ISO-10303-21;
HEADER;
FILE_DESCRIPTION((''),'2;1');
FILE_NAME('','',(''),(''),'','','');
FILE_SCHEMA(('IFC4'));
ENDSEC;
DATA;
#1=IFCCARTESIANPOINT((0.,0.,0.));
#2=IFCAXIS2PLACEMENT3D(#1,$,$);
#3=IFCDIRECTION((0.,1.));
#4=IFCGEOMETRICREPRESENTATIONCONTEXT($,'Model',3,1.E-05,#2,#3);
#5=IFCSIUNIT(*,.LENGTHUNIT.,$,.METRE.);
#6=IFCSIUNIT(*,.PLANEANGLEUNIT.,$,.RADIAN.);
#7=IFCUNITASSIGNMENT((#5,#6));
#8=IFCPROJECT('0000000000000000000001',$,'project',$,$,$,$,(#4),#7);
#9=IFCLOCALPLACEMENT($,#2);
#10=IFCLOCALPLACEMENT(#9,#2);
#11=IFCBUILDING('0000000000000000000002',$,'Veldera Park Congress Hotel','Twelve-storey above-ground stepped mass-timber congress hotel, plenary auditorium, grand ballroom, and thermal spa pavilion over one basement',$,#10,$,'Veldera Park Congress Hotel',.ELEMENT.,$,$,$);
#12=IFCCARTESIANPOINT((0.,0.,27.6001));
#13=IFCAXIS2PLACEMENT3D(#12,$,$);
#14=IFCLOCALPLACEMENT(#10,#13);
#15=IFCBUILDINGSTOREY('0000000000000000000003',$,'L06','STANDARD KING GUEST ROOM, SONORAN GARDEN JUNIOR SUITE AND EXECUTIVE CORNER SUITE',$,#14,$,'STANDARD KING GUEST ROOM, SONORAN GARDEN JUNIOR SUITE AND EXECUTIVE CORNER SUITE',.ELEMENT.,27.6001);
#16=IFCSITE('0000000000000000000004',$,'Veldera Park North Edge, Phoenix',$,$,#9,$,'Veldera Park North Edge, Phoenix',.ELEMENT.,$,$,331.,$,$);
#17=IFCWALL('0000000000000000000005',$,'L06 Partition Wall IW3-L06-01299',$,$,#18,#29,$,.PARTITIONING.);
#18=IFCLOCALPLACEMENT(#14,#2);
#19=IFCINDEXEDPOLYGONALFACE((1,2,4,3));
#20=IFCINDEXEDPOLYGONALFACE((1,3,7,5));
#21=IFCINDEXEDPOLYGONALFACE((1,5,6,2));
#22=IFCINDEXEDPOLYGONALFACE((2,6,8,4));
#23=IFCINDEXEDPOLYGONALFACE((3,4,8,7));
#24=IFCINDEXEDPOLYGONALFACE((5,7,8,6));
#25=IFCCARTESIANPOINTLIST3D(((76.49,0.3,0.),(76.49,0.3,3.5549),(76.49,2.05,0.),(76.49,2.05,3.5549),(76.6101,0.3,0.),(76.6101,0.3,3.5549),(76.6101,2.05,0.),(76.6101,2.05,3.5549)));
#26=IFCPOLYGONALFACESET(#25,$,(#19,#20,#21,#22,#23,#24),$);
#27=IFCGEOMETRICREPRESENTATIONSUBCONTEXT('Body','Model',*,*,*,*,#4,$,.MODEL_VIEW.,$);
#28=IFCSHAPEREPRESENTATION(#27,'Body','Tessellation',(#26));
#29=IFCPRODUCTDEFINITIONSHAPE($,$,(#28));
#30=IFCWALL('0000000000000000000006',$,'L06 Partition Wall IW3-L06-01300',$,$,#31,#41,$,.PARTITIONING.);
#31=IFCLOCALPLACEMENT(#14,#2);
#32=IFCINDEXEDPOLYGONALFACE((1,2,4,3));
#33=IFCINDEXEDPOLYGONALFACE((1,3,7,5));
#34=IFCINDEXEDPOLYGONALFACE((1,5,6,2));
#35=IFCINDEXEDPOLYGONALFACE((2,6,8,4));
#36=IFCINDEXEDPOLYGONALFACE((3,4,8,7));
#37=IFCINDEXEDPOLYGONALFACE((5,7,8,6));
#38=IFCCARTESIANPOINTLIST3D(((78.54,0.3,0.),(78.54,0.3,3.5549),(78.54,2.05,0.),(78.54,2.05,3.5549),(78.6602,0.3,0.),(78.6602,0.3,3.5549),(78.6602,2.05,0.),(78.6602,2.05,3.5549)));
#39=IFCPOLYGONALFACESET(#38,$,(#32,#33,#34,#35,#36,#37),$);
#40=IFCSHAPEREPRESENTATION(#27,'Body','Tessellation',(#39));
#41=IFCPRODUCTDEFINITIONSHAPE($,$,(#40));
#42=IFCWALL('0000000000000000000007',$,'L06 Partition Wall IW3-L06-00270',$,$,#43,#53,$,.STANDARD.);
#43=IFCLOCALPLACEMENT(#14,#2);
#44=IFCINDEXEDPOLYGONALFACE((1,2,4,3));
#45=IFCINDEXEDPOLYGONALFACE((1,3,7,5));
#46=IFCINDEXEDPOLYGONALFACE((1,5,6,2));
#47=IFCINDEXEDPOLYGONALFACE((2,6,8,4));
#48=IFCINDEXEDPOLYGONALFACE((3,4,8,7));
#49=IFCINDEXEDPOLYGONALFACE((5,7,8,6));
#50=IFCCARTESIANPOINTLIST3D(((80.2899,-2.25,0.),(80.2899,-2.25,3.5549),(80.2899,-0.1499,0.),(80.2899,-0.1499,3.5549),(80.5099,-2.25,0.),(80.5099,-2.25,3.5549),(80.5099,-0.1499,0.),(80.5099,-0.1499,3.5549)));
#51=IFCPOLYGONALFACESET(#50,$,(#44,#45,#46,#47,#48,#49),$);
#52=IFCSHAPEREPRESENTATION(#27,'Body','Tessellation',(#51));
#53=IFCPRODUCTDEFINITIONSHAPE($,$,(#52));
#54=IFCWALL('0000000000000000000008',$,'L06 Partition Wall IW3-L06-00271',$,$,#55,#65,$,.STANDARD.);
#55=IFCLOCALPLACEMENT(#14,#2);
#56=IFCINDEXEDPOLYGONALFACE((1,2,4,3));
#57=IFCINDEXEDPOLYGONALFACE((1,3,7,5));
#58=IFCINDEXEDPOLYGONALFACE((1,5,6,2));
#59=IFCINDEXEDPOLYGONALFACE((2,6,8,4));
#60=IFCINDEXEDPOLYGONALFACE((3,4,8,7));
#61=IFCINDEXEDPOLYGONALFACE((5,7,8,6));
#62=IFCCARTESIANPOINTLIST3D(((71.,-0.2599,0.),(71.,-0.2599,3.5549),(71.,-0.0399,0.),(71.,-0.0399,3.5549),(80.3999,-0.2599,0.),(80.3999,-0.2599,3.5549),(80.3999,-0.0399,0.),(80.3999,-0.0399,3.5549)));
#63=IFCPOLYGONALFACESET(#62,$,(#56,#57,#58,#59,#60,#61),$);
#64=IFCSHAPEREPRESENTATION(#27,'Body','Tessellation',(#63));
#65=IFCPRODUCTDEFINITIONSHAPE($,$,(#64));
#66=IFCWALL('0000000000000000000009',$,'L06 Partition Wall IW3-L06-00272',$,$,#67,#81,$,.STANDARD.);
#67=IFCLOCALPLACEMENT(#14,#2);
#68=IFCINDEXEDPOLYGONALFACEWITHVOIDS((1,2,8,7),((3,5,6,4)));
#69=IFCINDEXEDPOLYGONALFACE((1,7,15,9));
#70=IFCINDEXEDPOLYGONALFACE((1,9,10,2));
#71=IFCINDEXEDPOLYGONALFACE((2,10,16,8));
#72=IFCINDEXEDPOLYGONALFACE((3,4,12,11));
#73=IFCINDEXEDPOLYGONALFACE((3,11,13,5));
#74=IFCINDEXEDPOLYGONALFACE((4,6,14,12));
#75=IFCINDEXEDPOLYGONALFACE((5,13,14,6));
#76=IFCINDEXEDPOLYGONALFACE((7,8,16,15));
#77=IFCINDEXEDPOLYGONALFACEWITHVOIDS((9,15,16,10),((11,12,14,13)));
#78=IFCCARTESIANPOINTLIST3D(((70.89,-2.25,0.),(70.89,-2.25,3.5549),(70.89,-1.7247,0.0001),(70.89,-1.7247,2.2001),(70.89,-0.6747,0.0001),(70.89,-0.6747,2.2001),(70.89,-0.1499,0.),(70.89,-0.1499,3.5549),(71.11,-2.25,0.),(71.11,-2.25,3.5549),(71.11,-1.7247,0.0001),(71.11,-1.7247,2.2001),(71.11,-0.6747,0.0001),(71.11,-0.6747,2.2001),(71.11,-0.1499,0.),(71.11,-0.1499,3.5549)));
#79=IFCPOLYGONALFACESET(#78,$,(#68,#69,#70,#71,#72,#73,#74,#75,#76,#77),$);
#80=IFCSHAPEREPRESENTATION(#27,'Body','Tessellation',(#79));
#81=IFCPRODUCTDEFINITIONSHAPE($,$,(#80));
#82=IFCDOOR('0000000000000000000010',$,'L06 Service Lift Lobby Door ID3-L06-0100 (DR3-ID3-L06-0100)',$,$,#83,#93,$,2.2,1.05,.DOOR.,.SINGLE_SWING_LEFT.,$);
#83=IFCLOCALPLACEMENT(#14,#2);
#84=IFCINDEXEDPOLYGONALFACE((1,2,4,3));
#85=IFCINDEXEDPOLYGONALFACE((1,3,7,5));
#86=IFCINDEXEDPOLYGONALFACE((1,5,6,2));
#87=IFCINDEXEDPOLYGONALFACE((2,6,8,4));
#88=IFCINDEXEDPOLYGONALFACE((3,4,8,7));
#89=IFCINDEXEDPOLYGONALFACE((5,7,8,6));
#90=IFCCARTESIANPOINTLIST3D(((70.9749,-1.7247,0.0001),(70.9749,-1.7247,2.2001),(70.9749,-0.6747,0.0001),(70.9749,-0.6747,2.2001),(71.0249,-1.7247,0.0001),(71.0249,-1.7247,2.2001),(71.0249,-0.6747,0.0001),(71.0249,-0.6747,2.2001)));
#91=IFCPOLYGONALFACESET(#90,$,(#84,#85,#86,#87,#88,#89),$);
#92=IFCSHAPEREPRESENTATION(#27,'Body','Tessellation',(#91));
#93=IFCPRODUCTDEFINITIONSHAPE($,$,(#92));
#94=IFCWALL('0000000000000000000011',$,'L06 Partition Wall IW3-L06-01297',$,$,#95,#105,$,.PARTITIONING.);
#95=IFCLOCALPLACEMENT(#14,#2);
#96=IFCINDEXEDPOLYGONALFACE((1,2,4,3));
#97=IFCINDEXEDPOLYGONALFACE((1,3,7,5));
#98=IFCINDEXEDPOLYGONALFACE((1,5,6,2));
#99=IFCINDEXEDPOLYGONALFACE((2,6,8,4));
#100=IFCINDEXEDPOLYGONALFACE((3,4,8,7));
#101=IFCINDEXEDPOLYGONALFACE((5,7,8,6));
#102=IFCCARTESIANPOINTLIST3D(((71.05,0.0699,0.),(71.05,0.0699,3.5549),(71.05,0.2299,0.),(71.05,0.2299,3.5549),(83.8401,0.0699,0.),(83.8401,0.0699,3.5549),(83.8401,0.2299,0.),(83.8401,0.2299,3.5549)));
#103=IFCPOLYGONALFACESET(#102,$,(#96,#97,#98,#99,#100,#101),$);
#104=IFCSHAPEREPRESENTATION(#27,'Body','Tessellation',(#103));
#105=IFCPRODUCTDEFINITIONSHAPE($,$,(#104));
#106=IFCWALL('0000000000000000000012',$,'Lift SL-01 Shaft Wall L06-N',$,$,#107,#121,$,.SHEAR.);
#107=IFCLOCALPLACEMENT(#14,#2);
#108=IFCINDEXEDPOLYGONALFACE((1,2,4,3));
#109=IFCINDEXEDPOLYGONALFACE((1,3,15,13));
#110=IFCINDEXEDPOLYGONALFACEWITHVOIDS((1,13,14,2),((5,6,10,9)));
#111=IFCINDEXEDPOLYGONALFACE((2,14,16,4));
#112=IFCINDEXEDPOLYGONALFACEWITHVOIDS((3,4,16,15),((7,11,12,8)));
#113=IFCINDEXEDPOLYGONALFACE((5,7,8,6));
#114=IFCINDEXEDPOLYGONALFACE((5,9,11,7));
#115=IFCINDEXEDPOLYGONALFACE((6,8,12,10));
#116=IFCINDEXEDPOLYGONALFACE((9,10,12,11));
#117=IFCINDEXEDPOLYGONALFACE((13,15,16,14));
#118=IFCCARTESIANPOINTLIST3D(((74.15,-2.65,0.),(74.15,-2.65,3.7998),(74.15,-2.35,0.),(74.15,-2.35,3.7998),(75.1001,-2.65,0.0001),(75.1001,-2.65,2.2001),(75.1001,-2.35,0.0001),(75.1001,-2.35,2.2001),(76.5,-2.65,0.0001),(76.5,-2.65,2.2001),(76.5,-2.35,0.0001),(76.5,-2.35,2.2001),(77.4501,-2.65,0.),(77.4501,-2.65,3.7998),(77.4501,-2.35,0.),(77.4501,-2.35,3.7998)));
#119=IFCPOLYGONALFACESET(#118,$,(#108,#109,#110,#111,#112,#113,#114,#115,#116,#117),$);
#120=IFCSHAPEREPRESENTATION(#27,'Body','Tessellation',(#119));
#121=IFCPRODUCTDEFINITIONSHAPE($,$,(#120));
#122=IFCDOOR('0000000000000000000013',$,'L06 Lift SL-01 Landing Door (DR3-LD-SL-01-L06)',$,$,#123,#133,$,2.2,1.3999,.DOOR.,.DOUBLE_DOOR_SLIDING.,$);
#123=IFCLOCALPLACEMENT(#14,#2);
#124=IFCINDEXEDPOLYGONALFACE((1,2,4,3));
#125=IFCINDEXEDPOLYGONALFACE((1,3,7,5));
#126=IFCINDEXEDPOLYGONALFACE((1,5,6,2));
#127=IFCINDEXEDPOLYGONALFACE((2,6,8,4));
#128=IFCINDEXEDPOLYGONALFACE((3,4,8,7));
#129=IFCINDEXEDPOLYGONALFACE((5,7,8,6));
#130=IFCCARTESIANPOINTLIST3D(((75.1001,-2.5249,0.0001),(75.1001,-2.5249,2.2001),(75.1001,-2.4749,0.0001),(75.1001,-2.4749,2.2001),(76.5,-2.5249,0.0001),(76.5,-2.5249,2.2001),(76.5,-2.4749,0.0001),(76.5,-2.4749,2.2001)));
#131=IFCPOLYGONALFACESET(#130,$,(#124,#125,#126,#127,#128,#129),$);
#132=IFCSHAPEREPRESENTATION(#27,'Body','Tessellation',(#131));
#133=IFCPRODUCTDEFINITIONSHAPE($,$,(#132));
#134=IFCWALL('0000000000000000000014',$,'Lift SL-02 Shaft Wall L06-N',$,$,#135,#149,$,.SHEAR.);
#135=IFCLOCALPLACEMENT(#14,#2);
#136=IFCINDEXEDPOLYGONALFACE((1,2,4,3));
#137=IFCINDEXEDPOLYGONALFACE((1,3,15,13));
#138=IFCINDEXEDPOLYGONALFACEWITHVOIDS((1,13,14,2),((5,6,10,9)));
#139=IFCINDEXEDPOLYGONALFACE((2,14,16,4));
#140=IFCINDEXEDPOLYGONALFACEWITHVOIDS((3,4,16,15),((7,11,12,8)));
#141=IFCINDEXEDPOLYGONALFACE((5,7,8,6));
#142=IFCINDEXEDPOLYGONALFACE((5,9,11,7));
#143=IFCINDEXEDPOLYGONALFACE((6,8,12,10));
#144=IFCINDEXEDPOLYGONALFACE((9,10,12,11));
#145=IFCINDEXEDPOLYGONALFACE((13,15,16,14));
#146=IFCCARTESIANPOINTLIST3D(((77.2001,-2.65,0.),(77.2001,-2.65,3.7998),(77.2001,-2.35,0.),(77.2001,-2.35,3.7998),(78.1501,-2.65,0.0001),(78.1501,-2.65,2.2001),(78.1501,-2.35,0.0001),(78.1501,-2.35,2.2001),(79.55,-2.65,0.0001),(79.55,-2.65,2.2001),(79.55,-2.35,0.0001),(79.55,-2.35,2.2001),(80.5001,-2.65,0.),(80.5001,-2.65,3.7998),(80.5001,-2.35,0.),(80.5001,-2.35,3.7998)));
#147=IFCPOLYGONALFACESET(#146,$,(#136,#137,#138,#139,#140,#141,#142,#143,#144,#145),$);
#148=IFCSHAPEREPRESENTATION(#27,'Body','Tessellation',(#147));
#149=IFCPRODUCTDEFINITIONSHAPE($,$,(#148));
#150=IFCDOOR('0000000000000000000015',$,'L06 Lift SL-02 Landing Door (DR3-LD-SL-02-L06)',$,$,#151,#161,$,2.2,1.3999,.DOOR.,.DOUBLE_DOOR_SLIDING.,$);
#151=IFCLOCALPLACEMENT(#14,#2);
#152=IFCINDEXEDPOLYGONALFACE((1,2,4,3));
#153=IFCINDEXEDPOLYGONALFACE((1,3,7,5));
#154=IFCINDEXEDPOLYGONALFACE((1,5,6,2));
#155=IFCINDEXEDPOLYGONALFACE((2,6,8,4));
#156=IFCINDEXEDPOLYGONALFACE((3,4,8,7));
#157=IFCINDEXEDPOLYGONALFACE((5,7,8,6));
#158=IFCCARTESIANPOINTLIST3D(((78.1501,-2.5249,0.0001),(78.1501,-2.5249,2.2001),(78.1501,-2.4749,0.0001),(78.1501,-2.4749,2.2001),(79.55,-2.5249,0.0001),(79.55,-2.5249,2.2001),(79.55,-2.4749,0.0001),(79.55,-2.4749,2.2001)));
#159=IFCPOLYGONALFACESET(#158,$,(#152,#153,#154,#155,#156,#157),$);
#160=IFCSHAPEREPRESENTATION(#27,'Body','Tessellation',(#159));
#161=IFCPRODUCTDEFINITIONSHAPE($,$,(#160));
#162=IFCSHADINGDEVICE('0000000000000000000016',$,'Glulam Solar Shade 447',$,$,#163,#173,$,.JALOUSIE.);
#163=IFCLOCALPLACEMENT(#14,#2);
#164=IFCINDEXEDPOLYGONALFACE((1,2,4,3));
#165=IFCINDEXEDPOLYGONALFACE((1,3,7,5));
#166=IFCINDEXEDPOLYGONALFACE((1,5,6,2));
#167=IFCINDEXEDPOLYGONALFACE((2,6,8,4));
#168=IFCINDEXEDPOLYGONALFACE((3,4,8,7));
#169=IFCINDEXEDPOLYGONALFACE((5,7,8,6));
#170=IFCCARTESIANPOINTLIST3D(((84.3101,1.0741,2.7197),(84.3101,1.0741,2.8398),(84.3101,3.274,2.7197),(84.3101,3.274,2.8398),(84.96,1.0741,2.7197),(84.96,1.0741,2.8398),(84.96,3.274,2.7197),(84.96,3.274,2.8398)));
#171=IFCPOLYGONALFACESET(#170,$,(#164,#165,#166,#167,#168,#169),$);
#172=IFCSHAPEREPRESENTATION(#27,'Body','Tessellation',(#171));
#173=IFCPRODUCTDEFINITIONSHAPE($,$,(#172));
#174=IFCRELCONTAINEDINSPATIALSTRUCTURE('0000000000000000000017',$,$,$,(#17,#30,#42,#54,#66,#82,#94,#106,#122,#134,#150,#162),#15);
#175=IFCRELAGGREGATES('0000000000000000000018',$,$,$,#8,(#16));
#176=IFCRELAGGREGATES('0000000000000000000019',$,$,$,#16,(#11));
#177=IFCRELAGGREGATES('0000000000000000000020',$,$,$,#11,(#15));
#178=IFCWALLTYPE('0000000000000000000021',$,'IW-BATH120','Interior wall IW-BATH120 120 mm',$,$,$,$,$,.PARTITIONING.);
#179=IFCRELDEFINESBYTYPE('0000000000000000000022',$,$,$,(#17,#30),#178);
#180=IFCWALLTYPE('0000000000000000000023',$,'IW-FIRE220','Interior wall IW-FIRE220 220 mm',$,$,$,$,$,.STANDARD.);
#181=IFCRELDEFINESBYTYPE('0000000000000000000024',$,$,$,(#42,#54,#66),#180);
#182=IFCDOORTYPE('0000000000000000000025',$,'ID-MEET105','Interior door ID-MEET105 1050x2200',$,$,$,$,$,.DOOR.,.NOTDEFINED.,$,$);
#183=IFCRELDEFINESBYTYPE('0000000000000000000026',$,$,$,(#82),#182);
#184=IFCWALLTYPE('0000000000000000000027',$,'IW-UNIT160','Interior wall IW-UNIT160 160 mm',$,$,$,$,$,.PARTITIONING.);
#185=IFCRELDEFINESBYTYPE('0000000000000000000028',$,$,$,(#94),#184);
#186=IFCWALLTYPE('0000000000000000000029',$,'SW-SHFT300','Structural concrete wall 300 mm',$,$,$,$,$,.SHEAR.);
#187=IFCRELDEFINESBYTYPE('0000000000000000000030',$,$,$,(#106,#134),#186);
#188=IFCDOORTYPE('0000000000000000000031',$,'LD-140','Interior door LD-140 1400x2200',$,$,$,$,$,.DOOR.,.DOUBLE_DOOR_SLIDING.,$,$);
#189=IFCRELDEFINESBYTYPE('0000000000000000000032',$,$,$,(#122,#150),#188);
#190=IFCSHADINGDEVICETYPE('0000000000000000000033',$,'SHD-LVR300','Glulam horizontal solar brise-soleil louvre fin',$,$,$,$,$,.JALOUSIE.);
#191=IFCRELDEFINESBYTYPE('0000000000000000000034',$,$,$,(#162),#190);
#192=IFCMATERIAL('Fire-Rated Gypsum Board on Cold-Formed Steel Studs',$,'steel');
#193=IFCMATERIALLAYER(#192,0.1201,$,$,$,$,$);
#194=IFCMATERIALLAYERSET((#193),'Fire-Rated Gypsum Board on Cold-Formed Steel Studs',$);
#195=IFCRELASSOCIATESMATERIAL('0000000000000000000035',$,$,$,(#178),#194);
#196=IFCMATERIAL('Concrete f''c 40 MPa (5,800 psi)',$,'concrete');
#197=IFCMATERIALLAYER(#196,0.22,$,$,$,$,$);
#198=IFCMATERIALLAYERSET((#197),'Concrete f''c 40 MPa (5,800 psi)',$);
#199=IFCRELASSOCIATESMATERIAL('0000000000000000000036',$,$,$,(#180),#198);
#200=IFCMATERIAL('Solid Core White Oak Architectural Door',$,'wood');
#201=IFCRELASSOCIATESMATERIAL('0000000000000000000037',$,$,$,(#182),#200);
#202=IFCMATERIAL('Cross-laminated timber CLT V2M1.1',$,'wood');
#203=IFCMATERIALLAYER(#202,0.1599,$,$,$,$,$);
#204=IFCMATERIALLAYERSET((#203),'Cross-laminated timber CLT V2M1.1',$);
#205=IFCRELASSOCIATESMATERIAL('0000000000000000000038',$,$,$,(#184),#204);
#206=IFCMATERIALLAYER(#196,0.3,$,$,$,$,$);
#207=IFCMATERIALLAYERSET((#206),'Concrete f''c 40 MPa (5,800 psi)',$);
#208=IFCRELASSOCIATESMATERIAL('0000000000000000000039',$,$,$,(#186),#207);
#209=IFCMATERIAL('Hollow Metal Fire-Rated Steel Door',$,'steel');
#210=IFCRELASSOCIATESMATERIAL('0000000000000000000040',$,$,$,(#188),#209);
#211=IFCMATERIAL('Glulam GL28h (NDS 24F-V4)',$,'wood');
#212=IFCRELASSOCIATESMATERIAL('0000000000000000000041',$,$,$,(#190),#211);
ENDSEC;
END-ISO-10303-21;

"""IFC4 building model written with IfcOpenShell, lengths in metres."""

from ifc_helpers import new_model, si_unit, direction, frame, frame_2d, origin, origin_2d, place, context, subcontext, project, spatial, rectangle, extrude, material, layer, layer_set, type_object, element, fill, save


model = new_model("IFC4")

# Units and contexts
model_context = context("Model", 3, precision=1e-05, world=origin(), true_north=direction((0.0, 1.0)))
body_context = subcontext(model_context, "Body", "Model", "MODEL_VIEW")
ifc_project = project(units=[si_unit("LENGTHUNIT", "METRE"), si_unit("PLANEANGLEUNIT", "RADIAN")], contexts=[model_context])

# Site, building, storey
site_placement = place(None, origin())
site = spatial("IfcSite", under=ifc_project, at=site_placement, Name="Veldera Park North Edge, Phoenix", LongName="Veldera Park North Edge, Phoenix", CompositionType="ELEMENT", RefElevation=331.0)
building_placement = place(site_placement, origin())
building = spatial("IfcBuilding", under=site, at=building_placement, Name="Veldera Park Congress Hotel", Description="Twelve-storey above-ground stepped mass-timber congress hotel, plenary auditorium, grand ballroom, and thermal spa pavilion over one basement", LongName="Veldera Park Congress Hotel", CompositionType="ELEMENT")
storey_placement = place(building_placement, frame((0.0, 0.0, 27.6001)))
storey = spatial("IfcBuildingStorey", under=building, at=storey_placement, Name="L06", Description="STANDARD KING GUEST ROOM, SONORAN GARDEN JUNIOR SUITE AND EXECUTIVE CORNER SUITE", LongName="STANDARD KING GUEST ROOM, SONORAN GARDEN JUNIOR SUITE AND EXECUTIVE CORNER SUITE", CompositionType="ELEMENT", Elevation=27.6001)

# Shared definitions
ifc_material_1 = material(Name="Glulam GL28h (NDS 24F-V4)", Category="wood")

# Shared definitions
ifc_material_2 = material(Name="Cross-laminated timber CLT V2M1.1", Category="wood")

# Walls
ifc_material_3 = material(Name="Fire-Rated Gypsum Board on Cold-Formed Steel Studs", Category="steel")
ifc_layer_1 = layer(ifc_material_3, 0.1201)
ifc_layer_set_1 = layer_set([ifc_layer_1], Name="Fire-Rated Gypsum Board on Cold-Formed Steel Studs")
wall_type_1 = type_object("IfcWallType", Name="IW-BATH120", Description="Interior wall IW-BATH120 120 mm", PredefinedType="PARTITIONING", material=ifc_layer_set_1)
for number, where, z_axis, x_axis, name in (
    (1, (76.55, 0.3, 0.0), (0.0, 0.0, 1.0), (0.0, 1.0, 0.0), "L06 Partition Wall IW3-L06-01299"),
    (2, (78.6001, 0.3, 0.0), (0.0, 0.0, 1.0), (0.0, 1.0, 0.0), "L06 Partition Wall IW3-L06-01300"),
):
    element("IfcWall", number, at=place(storey_placement, frame(where, z_axis=z_axis, x_axis=x_axis)), inside=storey, type_object=wall_type_1, Name=name, PredefinedType="PARTITIONING", context=body_context, shape_type="SweptSolid", body=[
        extrude(rectangle(XDim=1.75, YDim=0.1201, at=frame_2d((0.875, 0.0))), origin(), (0.0, 0.0, 1.0), 3.5549),
    ])

# Shared definitions
ifc_material_4 = material(Name="Solid Core White Oak Architectural Door", Category="wood")

# Walls
ifc_material_5 = material(Name="Concrete f'c 40 MPa (5,800 psi)", Category="concrete")
ifc_layer_2 = layer(ifc_material_5, 0.22)
ifc_layer_set_2 = layer_set([ifc_layer_2], Name="Concrete f'c 40 MPa (5,800 psi)")
wall_type_2 = type_object("IfcWallType", Name="IW-FIRE220", Description="Interior wall IW-FIRE220 220 mm", PredefinedType="STANDARD", material=ifc_layer_set_2)
wall_1_placement = place(storey_placement, frame((80.3999, -2.25, 0.0), z_axis=(0.0, 0.0, 1.0), x_axis=(0.0, 1.0, 0.0)))
element("IfcWall", 3, at=wall_1_placement, inside=storey, type_object=wall_type_2, Name="L06 Partition Wall IW3-L06-00270", PredefinedType="STANDARD", context=body_context, shape_type="SweptSolid", body=[
    extrude(rectangle(XDim=2.1001, YDim=0.22, at=frame_2d((1.05, 0.0))), origin(), (0.0, 0.0, 1.0), 3.5549),
])
wall_2_placement = place(storey_placement, frame((80.3999, -0.1499, 0.0), z_axis=(0.0, 0.0, 1.0), x_axis=(-1.0, 0.0, 0.0)))
element("IfcWall", 4, at=wall_2_placement, inside=storey, type_object=wall_type_2, Name="L06 Partition Wall IW3-L06-00271", PredefinedType="STANDARD", context=body_context, shape_type="SweptSolid", body=[
    extrude(rectangle(XDim=9.3999, YDim=0.22, at=frame_2d((4.7, 0.0))), origin(), (0.0, 0.0, 1.0), 3.5549),
])

# Wall, opening, door
wall_3_placement = place(storey_placement, frame((71.0, -0.1499, 0.0), z_axis=(0.0, 0.0, 1.0), x_axis=(0.0, -1.0, 0.0)))
wall_3 = element("IfcWall", 5, at=wall_3_placement, inside=storey, type_object=wall_type_2, Name="L06 Partition Wall IW3-L06-00272", PredefinedType="STANDARD", context=body_context, shape_type="SweptSolid", body=[
    extrude(rectangle(XDim=2.1001, YDim=0.22, at=frame_2d((1.05, 0.0))), origin(), (0.0, 0.0, 1.0), 3.5549),
])
opening_1_placement = place(wall_3_placement, frame((0.5249, 0.0, 0.0)))
opening_1 = element("IfcOpeningElement", 6, at=opening_1_placement, cuts=wall_3, PredefinedType="OPENING", context=body_context, shape_type="SweptSolid", body=[
    extrude(rectangle(XDim=1.05, YDim=2.2, at=frame_2d((0.5249, 1.1001))), frame((0.0, 0.1221, 0.0), z_axis=(0.0, -1.0, 0.0), x_axis=(1.0, 0.0, 0.0)), (0.0, 0.0, 1.0), 0.2439),
])
door_type_1 = type_object("IfcDoorType", Name="ID-MEET105", Description="Interior door ID-MEET105 1050x2200", OperationType="NOTDEFINED", PredefinedType="DOOR", material=ifc_material_4)
door_1_placement = place(opening_1_placement, origin())
door_1 = element("IfcDoor", 7, at=door_1_placement, inside=storey, type_object=door_type_1, Name="L06 Service Lift Lobby Door ID3-L06-0100 (DR3-ID3-L06-0100)", OperationType="SINGLE_SWING_LEFT", OverallHeight=2.2, OverallWidth=1.05, PredefinedType="DOOR", context=body_context, shape_type="SweptSolid", body=[
    extrude(rectangle(XDim=1.05, YDim=2.2, at=frame_2d((0.5249, 1.1001))), frame((0.0, 0.0249, 0.0), z_axis=(0.0, -1.0, 0.0), x_axis=(1.0, 0.0, 0.0)), (0.0, 0.0, 1.0), 0.05),
])
fill(opening_1, door_1)

# Wall
ifc_layer_3 = layer(ifc_material_2, 0.1599)
ifc_layer_set_3 = layer_set([ifc_layer_3], Name="Cross-laminated timber CLT V2M1.1")
wall_type_3 = type_object("IfcWallType", Name="IW-UNIT160", Description="Interior wall IW-UNIT160 160 mm", PredefinedType="PARTITIONING", material=ifc_layer_set_3)
wall_4_placement = place(storey_placement, frame((71.05, 0.1499, 0.0), z_axis=(0.0, 0.0, 1.0), x_axis=(1.0, 0.0, 0.0)))
element("IfcWall", 8, at=wall_4_placement, inside=storey, type_object=wall_type_3, Name="L06 Partition Wall IW3-L06-01297", PredefinedType="PARTITIONING", context=body_context, shape_type="SweptSolid", body=[
    extrude(rectangle(XDim=12.79, YDim=0.1599, at=frame_2d((6.395, 0.0))), origin(), (0.0, 0.0, 1.0), 3.5549),
])

# Walls, openings, doors
ifc_layer_4 = layer(ifc_material_5, 0.3)
ifc_layer_set_4 = layer_set([ifc_layer_4], Name="Concrete f'c 40 MPa (5,800 psi)")
wall_type_4 = type_object("IfcWallType", Name="SW-SHFT300", Description="Structural concrete wall 300 mm", PredefinedType="SHEAR", material=ifc_layer_set_4)
wall_5_placement = place(storey_placement, frame((77.45, -2.5, 0.0), z_axis=(0.0, 0.0, 1.0), x_axis=(-1.0, 0.0, 0.0)))
wall_5 = element("IfcWall", 9, at=wall_5_placement, inside=storey, type_object=wall_type_4, Name="Lift SL-01 Shaft Wall L06-N", PredefinedType="SHEAR", context=body_context, shape_type="SweptSolid", body=[
    extrude(rectangle(XDim=3.3, YDim=0.3, at=frame_2d((1.6499, 0.0))), origin(), (0.0, 0.0, 1.0), 3.7998),
])
opening_2_placement = place(wall_5_placement, frame((0.95, 0.0, 0.0)))
opening_2 = element("IfcOpeningElement", 10, at=opening_2_placement, cuts=wall_5, PredefinedType="OPENING", context=body_context, shape_type="SweptSolid", body=[
    extrude(rectangle(XDim=1.3999, YDim=2.2, at=frame_2d((0.7, 1.1001))), frame((0.0, 0.1621, 0.0), z_axis=(0.0, -1.0, 0.0), x_axis=(1.0, 0.0, 0.0)), (0.0, 0.0, 1.0), 0.324),
])
ifc_material_6 = material(Name="Hollow Metal Fire-Rated Steel Door", Category="steel")
door_type_2 = type_object("IfcDoorType", Name="LD-140", Description="Interior door LD-140 1400x2200", OperationType="DOUBLE_DOOR_SLIDING", PredefinedType="DOOR", material=ifc_material_6)
door_2_placement = place(opening_2_placement, origin())
door_2 = element("IfcDoor", 11, at=door_2_placement, inside=storey, type_object=door_type_2, Name="L06 Lift SL-01 Landing Door (DR3-LD-SL-01-L06)", OperationType="DOUBLE_DOOR_SLIDING", OverallHeight=2.2, OverallWidth=1.3999, PredefinedType="DOOR", context=body_context, shape_type="SweptSolid", body=[
    extrude(rectangle(XDim=1.3999, YDim=2.2, at=frame_2d((0.7, 1.1001))), frame((0.0, 0.0249, 0.0), z_axis=(0.0, -1.0, 0.0), x_axis=(1.0, 0.0, 0.0)), (0.0, 0.0, 1.0), 0.05),
])
fill(opening_2, door_2)
wall_6_placement = place(storey_placement, frame((80.5, -2.5, 0.0), z_axis=(0.0, 0.0, 1.0), x_axis=(-1.0, 0.0, 0.0)))
wall_6 = element("IfcWall", 12, at=wall_6_placement, inside=storey, type_object=wall_type_4, Name="Lift SL-02 Shaft Wall L06-N", PredefinedType="SHEAR", context=body_context, shape_type="SweptSolid", body=[
    extrude(rectangle(XDim=3.3, YDim=0.3, at=frame_2d((1.6499, 0.0))), origin(), (0.0, 0.0, 1.0), 3.7998),
])
opening_3_placement = place(wall_6_placement, frame((0.95, 0.0, 0.0)))
opening_3 = element("IfcOpeningElement", 13, at=opening_3_placement, cuts=wall_6, PredefinedType="OPENING", context=body_context, shape_type="SweptSolid", body=[
    extrude(rectangle(XDim=1.3999, YDim=2.2, at=frame_2d((0.7, 1.1001))), frame((0.0, 0.1621, 0.0), z_axis=(0.0, -1.0, 0.0), x_axis=(1.0, 0.0, 0.0)), (0.0, 0.0, 1.0), 0.324),
])
door_3_placement = place(opening_3_placement, origin())
door_3 = element("IfcDoor", 14, at=door_3_placement, inside=storey, type_object=door_type_2, Name="L06 Lift SL-02 Landing Door (DR3-LD-SL-02-L06)", OperationType="DOUBLE_DOOR_SLIDING", OverallHeight=2.2, OverallWidth=1.3999, PredefinedType="DOOR", context=body_context, shape_type="SweptSolid", body=[
    extrude(rectangle(XDim=1.3999, YDim=2.2, at=frame_2d((0.7, 1.1001))), frame((0.0, 0.0249, 0.0), z_axis=(0.0, -1.0, 0.0), x_axis=(1.0, 0.0, 0.0)), (0.0, 0.0, 1.0), 0.05),
])
fill(opening_3, door_3)

# Shading device
shading_device_type = type_object("IfcShadingDeviceType", Name="SHD-LVR300", Description="Glulam horizontal solar brise-soleil louvre fin", PredefinedType="JALOUSIE", material=ifc_material_1)
shading_device_placement = place(storey_placement, frame((84.635, 2.1741, 2.7197), z_axis=(0.0, 0.0, 1.0), x_axis=(0.0, 1.0, 0.0)))
element("IfcShadingDevice", 15, at=shading_device_placement, inside=storey, type_object=shading_device_type, Name="Glulam Solar Shade 447", PredefinedType="JALOUSIE", context=body_context, shape_type="SweptSolid", body=[
    extrude(rectangle(XDim=2.2, YDim=0.6499, at=origin_2d()), origin(), (0.0, 0.0, 1.0), 0.1201),
])

save(model, "model.ifc")
